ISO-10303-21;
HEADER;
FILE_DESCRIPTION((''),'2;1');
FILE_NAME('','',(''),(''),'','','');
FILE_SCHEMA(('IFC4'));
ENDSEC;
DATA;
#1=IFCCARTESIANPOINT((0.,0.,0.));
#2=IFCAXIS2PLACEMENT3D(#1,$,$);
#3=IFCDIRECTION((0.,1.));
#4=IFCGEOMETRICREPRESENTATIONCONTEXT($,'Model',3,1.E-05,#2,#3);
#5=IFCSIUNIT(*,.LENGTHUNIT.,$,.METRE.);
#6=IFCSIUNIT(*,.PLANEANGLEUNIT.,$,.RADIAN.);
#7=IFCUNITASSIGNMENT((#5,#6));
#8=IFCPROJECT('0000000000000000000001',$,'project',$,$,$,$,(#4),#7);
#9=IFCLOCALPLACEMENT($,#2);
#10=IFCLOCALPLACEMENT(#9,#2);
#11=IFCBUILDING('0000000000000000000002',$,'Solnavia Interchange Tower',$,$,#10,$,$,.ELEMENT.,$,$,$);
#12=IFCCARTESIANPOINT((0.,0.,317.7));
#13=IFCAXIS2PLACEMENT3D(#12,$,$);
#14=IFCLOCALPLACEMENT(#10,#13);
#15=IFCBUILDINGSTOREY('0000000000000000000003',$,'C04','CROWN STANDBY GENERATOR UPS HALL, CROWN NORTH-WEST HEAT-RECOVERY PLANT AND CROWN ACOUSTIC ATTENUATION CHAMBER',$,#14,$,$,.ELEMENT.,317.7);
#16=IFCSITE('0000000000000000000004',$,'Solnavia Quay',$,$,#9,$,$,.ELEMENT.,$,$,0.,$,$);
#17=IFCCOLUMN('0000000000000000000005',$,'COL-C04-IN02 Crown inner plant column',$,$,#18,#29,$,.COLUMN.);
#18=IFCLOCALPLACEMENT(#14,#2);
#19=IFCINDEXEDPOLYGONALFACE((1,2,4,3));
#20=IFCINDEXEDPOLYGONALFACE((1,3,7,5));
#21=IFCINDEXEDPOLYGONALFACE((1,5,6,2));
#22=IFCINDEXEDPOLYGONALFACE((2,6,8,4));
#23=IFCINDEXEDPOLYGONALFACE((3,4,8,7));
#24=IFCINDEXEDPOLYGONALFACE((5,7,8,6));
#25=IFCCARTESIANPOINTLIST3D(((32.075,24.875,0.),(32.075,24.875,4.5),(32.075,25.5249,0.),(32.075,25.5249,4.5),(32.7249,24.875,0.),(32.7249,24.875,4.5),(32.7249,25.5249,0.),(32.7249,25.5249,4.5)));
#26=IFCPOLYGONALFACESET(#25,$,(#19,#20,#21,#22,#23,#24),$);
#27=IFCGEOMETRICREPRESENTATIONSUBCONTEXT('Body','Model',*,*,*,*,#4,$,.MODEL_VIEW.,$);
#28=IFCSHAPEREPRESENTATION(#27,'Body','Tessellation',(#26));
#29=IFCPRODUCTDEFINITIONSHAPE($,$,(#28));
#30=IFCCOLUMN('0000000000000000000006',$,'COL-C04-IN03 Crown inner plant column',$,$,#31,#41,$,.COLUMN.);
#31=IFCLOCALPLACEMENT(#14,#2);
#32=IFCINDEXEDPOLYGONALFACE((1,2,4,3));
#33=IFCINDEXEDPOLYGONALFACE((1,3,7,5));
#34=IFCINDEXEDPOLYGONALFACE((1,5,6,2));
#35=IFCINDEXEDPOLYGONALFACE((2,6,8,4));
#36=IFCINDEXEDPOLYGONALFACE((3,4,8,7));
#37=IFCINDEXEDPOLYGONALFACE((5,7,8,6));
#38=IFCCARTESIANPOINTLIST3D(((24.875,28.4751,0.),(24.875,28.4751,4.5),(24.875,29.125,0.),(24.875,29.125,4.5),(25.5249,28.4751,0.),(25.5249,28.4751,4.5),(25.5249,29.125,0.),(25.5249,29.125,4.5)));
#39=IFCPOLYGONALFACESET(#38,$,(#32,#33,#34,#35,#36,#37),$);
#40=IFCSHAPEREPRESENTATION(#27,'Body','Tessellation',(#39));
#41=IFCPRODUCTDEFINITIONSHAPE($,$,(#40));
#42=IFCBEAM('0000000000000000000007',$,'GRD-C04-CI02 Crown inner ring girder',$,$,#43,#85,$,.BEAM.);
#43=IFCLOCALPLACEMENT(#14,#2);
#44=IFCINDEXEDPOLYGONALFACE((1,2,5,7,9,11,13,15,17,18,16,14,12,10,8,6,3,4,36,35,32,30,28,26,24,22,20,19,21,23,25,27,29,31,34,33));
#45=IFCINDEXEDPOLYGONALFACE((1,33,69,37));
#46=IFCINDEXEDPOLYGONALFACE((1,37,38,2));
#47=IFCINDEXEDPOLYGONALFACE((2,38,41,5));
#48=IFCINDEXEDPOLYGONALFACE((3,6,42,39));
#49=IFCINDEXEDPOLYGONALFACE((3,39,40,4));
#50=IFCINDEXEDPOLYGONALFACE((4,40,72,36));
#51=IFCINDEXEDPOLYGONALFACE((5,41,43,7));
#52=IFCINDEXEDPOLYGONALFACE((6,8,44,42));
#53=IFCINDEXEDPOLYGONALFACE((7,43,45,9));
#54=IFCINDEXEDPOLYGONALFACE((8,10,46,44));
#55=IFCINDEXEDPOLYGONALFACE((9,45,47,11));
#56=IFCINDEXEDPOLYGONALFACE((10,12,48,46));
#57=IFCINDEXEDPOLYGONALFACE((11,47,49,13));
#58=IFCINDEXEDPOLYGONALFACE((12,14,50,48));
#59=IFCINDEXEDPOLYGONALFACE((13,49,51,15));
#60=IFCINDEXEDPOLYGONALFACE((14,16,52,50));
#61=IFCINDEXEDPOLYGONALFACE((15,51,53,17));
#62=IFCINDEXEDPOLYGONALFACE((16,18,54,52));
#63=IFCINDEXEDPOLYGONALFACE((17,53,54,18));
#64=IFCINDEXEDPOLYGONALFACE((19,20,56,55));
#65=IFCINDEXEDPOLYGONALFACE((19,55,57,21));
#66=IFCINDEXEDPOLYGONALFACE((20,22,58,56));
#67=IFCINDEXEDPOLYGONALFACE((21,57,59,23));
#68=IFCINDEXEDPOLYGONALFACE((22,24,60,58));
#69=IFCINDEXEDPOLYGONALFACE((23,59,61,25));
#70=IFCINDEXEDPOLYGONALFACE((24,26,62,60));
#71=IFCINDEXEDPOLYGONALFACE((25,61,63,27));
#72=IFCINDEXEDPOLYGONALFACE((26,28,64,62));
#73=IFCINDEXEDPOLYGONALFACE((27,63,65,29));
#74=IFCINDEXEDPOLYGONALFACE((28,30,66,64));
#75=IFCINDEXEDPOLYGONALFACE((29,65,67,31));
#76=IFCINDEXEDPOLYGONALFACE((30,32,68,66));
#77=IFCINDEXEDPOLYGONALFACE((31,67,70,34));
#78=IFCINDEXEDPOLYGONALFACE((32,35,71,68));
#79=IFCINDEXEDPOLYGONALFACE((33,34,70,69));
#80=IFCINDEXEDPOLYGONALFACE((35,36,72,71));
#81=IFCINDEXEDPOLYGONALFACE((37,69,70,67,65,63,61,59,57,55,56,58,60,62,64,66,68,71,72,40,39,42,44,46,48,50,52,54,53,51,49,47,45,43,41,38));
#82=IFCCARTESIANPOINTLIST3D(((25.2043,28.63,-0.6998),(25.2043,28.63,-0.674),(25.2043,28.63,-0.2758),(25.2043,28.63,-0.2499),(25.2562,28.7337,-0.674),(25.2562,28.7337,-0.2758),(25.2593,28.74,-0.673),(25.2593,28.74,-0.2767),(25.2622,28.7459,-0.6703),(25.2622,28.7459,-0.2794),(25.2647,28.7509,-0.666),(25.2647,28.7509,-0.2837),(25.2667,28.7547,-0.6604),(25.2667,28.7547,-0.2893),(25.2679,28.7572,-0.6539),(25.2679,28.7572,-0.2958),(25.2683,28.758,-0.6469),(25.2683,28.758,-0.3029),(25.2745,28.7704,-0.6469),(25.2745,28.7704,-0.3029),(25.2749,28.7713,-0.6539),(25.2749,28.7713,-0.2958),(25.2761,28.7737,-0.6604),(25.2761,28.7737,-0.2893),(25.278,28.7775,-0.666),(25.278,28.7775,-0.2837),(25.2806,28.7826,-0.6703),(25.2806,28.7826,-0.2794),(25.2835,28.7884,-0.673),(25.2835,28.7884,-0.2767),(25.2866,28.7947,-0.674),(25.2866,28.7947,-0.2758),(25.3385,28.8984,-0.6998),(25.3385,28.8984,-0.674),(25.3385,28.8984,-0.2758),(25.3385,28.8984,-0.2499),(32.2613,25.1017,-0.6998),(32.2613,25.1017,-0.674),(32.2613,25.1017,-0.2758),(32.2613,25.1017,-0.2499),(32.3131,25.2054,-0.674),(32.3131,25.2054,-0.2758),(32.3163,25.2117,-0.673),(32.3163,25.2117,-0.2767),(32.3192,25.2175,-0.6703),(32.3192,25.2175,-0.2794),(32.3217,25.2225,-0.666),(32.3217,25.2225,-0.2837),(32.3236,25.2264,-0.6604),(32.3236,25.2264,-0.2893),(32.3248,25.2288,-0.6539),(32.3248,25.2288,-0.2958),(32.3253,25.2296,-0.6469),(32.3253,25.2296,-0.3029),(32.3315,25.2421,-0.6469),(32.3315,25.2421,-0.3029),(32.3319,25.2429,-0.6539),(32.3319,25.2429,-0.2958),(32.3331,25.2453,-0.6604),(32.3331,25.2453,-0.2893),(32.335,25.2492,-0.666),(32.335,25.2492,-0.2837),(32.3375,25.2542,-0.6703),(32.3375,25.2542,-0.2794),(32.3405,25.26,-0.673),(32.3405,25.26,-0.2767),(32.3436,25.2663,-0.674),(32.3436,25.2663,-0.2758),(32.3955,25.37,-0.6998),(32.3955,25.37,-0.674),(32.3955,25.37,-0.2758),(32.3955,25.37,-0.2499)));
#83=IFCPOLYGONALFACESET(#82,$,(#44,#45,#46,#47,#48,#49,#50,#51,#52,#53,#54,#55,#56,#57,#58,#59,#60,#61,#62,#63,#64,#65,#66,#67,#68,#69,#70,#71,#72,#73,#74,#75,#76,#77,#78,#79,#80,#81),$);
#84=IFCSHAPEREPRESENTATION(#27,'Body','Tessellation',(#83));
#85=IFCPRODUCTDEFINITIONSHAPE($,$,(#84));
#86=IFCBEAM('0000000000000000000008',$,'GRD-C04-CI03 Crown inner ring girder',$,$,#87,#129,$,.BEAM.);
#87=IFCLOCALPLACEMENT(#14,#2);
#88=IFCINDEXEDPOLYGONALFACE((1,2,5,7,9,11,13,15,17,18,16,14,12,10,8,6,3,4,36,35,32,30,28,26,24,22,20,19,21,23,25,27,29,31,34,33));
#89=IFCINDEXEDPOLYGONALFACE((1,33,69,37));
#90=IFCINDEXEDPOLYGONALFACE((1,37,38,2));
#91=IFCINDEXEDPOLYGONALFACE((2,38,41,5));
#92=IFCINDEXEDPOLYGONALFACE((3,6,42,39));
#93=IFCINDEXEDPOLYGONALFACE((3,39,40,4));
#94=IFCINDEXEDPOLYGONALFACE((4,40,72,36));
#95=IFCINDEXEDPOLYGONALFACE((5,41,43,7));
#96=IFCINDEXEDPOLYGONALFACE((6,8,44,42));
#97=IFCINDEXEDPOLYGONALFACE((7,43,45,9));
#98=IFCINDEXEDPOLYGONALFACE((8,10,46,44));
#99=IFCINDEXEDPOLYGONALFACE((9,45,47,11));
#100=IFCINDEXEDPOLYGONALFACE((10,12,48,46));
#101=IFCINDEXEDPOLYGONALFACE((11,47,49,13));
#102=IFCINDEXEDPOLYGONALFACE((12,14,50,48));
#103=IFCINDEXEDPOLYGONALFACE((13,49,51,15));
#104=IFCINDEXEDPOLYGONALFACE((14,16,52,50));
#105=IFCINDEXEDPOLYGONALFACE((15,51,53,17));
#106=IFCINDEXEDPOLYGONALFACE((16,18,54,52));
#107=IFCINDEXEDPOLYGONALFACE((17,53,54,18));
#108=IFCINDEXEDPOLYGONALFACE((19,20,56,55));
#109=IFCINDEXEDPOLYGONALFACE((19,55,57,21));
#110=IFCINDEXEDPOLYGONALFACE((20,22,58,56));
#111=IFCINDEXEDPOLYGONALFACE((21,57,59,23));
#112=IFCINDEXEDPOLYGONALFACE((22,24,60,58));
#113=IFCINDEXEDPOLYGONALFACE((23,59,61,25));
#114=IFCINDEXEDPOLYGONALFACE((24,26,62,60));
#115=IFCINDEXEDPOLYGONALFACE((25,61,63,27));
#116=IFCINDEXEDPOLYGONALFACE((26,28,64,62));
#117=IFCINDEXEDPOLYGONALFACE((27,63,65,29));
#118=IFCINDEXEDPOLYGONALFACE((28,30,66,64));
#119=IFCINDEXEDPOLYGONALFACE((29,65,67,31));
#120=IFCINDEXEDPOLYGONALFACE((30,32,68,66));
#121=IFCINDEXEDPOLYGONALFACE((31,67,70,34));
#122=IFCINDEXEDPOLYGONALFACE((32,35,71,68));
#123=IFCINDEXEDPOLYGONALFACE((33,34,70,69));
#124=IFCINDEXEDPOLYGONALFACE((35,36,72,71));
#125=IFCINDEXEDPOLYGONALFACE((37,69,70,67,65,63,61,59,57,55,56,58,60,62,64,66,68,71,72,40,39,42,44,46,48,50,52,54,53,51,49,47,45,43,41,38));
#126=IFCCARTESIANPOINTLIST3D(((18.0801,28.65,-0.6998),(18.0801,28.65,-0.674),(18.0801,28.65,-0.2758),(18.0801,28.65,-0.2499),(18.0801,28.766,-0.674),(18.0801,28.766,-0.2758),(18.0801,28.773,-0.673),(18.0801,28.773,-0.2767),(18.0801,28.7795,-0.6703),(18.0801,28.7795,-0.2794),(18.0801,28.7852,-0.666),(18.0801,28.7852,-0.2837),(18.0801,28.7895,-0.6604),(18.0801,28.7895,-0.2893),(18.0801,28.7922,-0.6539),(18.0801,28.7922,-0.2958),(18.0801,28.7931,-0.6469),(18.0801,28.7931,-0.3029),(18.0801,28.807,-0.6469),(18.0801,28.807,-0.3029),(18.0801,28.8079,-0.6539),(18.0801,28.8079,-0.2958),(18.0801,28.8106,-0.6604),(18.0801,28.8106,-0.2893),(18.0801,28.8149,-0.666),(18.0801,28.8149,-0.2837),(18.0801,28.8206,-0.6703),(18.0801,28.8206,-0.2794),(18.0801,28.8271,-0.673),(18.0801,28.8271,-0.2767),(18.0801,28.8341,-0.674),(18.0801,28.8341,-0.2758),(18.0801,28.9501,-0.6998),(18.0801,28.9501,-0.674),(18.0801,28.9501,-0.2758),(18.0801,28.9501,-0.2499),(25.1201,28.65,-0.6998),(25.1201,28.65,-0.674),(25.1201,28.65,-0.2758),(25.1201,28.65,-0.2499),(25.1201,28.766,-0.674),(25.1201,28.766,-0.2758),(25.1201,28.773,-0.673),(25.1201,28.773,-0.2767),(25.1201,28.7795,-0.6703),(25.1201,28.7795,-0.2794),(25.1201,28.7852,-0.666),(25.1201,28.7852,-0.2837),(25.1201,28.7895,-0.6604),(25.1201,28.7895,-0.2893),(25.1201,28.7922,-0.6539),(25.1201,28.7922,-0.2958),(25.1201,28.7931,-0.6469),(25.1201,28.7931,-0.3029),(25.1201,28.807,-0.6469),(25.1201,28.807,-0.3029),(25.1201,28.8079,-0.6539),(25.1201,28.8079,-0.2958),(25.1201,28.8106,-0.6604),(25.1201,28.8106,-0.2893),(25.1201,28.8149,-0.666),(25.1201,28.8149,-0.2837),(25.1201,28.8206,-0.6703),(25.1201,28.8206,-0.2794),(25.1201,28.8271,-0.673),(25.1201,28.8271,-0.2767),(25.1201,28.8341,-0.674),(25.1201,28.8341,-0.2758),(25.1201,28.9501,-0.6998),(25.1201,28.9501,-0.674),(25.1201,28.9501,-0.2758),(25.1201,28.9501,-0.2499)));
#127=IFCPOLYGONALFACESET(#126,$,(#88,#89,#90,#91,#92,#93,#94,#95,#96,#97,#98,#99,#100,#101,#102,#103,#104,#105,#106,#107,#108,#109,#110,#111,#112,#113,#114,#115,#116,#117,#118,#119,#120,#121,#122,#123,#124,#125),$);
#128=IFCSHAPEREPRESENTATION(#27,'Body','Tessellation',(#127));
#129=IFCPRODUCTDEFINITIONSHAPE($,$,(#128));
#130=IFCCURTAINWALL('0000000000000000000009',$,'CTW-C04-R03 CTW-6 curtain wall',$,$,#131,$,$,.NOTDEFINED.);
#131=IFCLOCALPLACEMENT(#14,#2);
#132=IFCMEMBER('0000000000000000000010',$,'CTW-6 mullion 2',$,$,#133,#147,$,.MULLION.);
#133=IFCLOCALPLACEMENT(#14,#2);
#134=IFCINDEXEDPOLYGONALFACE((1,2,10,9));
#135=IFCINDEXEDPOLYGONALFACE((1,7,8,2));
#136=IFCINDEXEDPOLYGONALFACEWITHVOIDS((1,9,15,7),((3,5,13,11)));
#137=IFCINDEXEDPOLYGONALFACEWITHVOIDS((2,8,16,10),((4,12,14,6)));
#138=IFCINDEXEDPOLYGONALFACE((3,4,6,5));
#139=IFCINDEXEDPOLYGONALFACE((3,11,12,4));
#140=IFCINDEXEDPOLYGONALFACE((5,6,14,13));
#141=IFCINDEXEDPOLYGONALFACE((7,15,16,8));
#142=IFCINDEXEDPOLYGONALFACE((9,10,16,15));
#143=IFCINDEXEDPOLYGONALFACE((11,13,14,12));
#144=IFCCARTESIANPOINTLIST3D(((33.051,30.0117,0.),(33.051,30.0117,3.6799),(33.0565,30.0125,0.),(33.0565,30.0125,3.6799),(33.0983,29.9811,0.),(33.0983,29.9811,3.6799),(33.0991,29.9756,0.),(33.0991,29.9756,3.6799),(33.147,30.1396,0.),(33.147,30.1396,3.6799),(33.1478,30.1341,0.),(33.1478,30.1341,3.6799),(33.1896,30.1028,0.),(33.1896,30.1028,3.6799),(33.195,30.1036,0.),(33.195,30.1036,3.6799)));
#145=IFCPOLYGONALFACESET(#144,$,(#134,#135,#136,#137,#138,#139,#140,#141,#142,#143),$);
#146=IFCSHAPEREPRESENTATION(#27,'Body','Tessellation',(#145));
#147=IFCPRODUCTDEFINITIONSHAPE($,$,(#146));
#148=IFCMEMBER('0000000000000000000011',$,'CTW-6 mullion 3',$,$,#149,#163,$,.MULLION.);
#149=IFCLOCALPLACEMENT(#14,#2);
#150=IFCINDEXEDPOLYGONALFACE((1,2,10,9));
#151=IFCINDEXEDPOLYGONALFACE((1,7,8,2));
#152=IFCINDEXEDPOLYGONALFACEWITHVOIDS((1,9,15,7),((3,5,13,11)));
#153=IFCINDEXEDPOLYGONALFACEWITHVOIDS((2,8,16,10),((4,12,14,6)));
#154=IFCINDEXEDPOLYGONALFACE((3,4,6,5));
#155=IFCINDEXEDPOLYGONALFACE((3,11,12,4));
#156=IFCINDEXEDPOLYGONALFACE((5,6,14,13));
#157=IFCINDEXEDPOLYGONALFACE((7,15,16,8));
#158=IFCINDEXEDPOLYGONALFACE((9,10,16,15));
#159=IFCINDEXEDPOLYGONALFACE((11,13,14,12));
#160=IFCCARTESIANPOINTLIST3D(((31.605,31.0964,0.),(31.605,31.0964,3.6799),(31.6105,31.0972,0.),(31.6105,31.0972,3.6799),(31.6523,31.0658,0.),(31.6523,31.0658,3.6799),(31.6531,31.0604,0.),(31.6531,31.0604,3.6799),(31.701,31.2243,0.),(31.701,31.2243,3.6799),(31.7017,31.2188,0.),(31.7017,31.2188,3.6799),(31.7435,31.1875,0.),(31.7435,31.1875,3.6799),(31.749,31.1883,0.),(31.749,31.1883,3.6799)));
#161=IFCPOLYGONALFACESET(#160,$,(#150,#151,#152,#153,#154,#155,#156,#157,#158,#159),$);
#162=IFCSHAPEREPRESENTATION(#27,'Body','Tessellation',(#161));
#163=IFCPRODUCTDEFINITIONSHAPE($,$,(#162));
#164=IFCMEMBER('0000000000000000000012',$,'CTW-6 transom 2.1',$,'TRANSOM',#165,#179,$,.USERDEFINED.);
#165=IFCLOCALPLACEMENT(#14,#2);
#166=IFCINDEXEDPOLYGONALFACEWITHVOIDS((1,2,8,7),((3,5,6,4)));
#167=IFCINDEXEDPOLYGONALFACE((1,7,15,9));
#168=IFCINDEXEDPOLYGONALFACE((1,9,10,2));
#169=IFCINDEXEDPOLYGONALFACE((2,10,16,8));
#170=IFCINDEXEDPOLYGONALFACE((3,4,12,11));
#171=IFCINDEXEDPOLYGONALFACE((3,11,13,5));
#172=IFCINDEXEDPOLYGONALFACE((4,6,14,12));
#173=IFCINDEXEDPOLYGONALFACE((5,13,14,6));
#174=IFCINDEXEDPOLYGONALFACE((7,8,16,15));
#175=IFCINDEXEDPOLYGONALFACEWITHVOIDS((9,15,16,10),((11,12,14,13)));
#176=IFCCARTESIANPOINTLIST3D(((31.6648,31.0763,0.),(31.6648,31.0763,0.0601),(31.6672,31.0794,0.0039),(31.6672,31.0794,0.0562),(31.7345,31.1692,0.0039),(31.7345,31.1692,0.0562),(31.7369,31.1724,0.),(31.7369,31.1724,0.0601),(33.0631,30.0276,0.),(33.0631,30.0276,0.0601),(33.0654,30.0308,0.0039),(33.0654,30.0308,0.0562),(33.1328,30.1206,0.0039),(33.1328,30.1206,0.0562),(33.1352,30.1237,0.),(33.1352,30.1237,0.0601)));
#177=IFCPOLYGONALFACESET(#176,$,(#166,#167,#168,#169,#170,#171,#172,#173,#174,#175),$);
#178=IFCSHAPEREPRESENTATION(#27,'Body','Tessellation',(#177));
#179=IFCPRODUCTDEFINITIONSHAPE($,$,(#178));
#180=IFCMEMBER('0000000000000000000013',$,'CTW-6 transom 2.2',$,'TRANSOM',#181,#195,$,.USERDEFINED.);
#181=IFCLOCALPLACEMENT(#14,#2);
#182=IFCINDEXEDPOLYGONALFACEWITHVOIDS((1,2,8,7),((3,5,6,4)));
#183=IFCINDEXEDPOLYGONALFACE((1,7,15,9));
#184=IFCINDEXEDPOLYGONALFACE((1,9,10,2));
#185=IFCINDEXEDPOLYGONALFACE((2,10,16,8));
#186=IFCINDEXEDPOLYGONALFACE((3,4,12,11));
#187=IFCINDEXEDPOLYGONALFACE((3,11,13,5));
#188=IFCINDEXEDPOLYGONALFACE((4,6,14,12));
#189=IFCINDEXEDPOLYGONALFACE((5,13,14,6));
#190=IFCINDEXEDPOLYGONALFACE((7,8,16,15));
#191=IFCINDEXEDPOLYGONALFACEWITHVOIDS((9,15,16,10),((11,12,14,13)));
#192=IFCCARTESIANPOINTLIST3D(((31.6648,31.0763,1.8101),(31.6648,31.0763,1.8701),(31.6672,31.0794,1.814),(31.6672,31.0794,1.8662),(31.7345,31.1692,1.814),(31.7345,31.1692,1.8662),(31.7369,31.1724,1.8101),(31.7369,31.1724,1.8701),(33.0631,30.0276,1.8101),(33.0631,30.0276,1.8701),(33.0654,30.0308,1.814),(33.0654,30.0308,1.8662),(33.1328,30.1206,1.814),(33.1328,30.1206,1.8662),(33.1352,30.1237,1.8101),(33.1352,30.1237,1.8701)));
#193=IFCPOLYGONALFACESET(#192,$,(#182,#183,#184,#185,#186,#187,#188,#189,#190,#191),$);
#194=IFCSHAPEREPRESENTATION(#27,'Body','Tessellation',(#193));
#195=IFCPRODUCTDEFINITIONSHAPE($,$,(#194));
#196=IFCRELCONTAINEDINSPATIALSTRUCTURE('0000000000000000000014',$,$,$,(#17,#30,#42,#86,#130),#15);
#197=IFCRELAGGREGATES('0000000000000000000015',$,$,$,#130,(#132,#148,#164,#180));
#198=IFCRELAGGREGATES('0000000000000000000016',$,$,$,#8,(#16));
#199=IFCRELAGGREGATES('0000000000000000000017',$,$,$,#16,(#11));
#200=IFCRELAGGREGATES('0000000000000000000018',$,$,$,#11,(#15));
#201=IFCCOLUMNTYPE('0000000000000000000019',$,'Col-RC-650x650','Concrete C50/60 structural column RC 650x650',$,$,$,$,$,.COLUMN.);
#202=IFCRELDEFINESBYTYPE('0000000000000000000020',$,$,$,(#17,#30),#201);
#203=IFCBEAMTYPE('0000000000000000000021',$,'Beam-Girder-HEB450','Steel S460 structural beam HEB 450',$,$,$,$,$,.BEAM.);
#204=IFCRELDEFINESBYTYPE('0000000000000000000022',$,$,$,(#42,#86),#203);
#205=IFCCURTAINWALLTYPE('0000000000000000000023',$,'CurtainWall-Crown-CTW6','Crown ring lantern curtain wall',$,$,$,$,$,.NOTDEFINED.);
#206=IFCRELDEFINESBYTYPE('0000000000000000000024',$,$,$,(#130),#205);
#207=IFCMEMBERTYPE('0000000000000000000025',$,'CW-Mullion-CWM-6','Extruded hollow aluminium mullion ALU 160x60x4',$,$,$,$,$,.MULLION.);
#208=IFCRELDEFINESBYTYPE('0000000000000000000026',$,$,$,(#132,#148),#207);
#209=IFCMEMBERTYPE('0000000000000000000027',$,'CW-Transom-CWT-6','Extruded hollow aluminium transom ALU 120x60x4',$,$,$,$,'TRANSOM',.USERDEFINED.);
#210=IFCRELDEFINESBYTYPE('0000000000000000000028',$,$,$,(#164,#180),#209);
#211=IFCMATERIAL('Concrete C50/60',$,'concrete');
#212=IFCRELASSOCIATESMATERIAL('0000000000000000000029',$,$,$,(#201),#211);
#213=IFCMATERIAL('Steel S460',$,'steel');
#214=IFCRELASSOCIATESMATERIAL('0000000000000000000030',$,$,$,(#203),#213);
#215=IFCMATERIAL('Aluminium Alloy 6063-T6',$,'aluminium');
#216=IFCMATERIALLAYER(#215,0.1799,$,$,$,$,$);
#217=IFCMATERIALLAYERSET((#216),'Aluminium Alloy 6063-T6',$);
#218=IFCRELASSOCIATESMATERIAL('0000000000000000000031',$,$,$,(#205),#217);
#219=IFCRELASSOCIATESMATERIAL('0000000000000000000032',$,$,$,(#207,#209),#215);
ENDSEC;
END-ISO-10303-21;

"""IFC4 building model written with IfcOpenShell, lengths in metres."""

from ifc_helpers import new_model, si_unit, direction, frame, origin, origin_2d, place, context, subcontext, project, spatial, rectangle, hollow_rectangle, i_section, extrude, material, layer, layer_set, material_profile, profile_set, type_object, element, aggregate, save


model = new_model("IFC4")

# Units and contexts
model_context = context("Model", 3, precision=1e-05, world=origin(), true_north=direction((0.0, 1.0)))
body_context = subcontext(model_context, "Body", "Model", "MODEL_VIEW")
ifc_project = project(units=[si_unit("LENGTHUNIT", "METRE"), si_unit("PLANEANGLEUNIT", "RADIAN")], contexts=[model_context])

# Site, building, storey
site_placement = place(None, origin())
site = spatial("IfcSite", under=ifc_project, at=site_placement, Name="Solnavia Quay", CompositionType="ELEMENT", RefElevation=0.0)
building_placement = place(site_placement, origin())
building = spatial("IfcBuilding", under=site, at=building_placement, Name="Solnavia Interchange Tower", CompositionType="ELEMENT")
storey_placement = place(building_placement, frame((0.0, 0.0, 317.7)))
storey = spatial("IfcBuildingStorey", under=building, at=storey_placement, Name="C04", Description="CROWN STANDBY GENERATOR UPS HALL, CROWN NORTH-WEST HEAT-RECOVERY PLANT AND CROWN ACOUSTIC ATTENUATION CHAMBER", CompositionType="ELEMENT", Elevation=317.7)

# Columns
ifc_material_1 = material(Name="Concrete C50/60", Category="concrete")
ifc_material_profile_1 = material_profile(ifc_material_1, rectangle(XDim=0.6499, YDim=0.6499, at=origin_2d()), Name="RC 650x650")
ifc_profile_set_1 = profile_set([ifc_material_profile_1], Name="Concrete C50/60")
column_type = type_object("IfcColumnType", Name="Col-RC-650x650", Description="Concrete C50/60 structural column RC 650x650", PredefinedType="COLUMN", material=ifc_profile_set_1)
for number, where, z_axis, x_axis, name in (
    (1, (32.3999, 25.2, 0.0), (0.0, 0.0, 1.0), (1.0, 0.0, 0.0), "COL-C04-IN02 Crown inner plant column"),
    (2, (25.2, 28.8, 0.0), (0.0, 0.0, 1.0), (1.0, 0.0, 0.0), "COL-C04-IN03 Crown inner plant column"),
):
    element("IfcColumn", number, at=place(storey_placement, frame(where, z_axis=z_axis, x_axis=x_axis)), inside=storey, type_object=column_type, Name=name, PredefinedType="COLUMN", context=body_context, shape_type="SweptSolid", body=[
        extrude(rectangle(XDim=0.6499, YDim=0.6499, at=origin_2d()), origin(), (0.0, 0.0, 1.0), 4.5),
    ])

# Beams
ifc_material_2 = material(Name="Steel S460", Category="steel")
ifc_material_profile_2 = material_profile(ifc_material_2, i_section(OverallWidth=0.3, OverallDepth=0.45, WebThickness=0.0139, FlangeThickness=0.0259, FilletRadius=0.0271, at=origin_2d()), Name="HEB 450")
ifc_profile_set_2 = profile_set([ifc_material_profile_2], Name="Steel S460")
beam_type = type_object("IfcBeamType", Name="Beam-Girder-HEB450", Description="Steel S460 structural beam HEB 450", PredefinedType="BEAM", material=ifc_profile_set_2)
beam_1_placement = place(storey_placement, frame((32.3284, 25.2358, -0.4749), z_axis=(-0.894433, 0.447201, 0.0), x_axis=(-0.447201, -0.894433, 0.0)))
element("IfcBeam", 3, at=beam_1_placement, inside=storey, type_object=beam_type, Name="GRD-C04-CI02 Crown inner ring girder", PredefinedType="BEAM", context=body_context, shape_type="SweptSolid", body=[
    extrude(i_section(OverallWidth=0.3, OverallDepth=0.45, WebThickness=0.0139, FlangeThickness=0.0259, FilletRadius=0.0271, at=origin_2d()), origin(), (0.0, 0.0, 1.0), 7.8899),
])
beam_2_placement = place(storey_placement, frame((25.1201, 28.8, -0.4749), z_axis=(-1.0, 0.0, 0.0), x_axis=(0.0, -1.0, 0.0)))
element("IfcBeam", 4, at=beam_2_placement, inside=storey, type_object=beam_type, Name="GRD-C04-CI03 Crown inner ring girder", PredefinedType="BEAM", context=body_context, shape_type="SweptSolid", body=[
    extrude(i_section(OverallWidth=0.3, OverallDepth=0.45, WebThickness=0.0139, FlangeThickness=0.0259, FilletRadius=0.0271, at=origin_2d()), origin(), (0.0, 0.0, 1.0), 7.04),
])

# Curtain wall, members
ifc_material_3 = material(Name="Aluminium Alloy 6063-T6", Category="aluminium")
ifc_layer_1 = layer(ifc_material_3, 0.1799)
ifc_layer_set_1 = layer_set([ifc_layer_1], Name="Aluminium Alloy 6063-T6")
curtain_wall_type = type_object("IfcCurtainWallType", Name="CurtainWall-Crown-CTW6", Description="Crown ring lantern curtain wall", PredefinedType="NOTDEFINED", material=ifc_layer_set_1)
curtain_wall_placement = place(storey_placement, origin())
curtain_wall = element("IfcCurtainWall", 5, at=curtain_wall_placement, inside=storey, type_object=curtain_wall_type, Name="CTW-C04-R03 CTW-6 curtain wall", PredefinedType="NOTDEFINED")
ifc_material_profile_3 = material_profile(ifc_material_3, hollow_rectangle(XDim=0.0601, YDim=0.1599, WallThickness=0.0039, at=origin_2d()), Name="ALU 160x60x4")
ifc_profile_set_3 = profile_set([ifc_material_profile_3], Name="Aluminium Alloy 6063-T6")
member_type_1 = type_object("IfcMemberType", Name="CW-Mullion-CWM-6", Description="Extruded hollow aluminium mullion ALU 160x60x4", PredefinedType="MULLION", material=ifc_profile_set_3)
member_1_placement = place(storey_placement, frame((33.123, 30.0576, 0.0), z_axis=(0.0, 0.0, 1.0), x_axis=(-0.8, 0.6, 0.0)))
member_1 = element("IfcMember", 6, at=member_1_placement, type_object=member_type_1, Name="CTW-6 mullion 2", PredefinedType="MULLION", context=body_context, shape_type="SweptSolid", body=[
    extrude(hollow_rectangle(XDim=0.0601, YDim=0.1599, WallThickness=0.0039, at=origin_2d()), origin(), (0.0, 0.0, 1.0), 3.6799),
])
member_2_placement = place(storey_placement, frame((31.677, 31.1423, 0.0), z_axis=(0.0, 0.0, 1.0), x_axis=(-0.8, 0.6, 0.0)))
member_2 = element("IfcMember", 7, at=member_2_placement, type_object=member_type_1, Name="CTW-6 mullion 3", PredefinedType="MULLION", context=body_context, shape_type="SweptSolid", body=[
    extrude(hollow_rectangle(XDim=0.0601, YDim=0.1599, WallThickness=0.0039, at=origin_2d()), origin(), (0.0, 0.0, 1.0), 3.6799),
])
ifc_material_profile_4 = material_profile(ifc_material_3, hollow_rectangle(XDim=0.0601, YDim=0.1201, WallThickness=0.0039, at=origin_2d()), Name="ALU 120x60x4")
ifc_profile_set_4 = profile_set([ifc_material_profile_4], Name="Aluminium Alloy 6063-T6")
member_type_2 = type_object("IfcMemberType", Name="CW-Transom-CWT-6", Description="Extruded hollow aluminium transom ALU 120x60x4", ElementType="TRANSOM", PredefinedType="USERDEFINED", material=ifc_profile_set_4)
member_3_placement = place(storey_placement, frame((33.0991, 30.0757, 0.03), z_axis=(-0.800017, 0.599978, 0.0), x_axis=(0.0, 0.0, 1.0)))
member_3 = element("IfcMember", 8, at=member_3_placement, type_object=member_type_2, Name="CTW-6 transom 2.1", ObjectType="TRANSOM", PredefinedType="USERDEFINED", context=body_context, shape_type="SweptSolid", body=[
    extrude(hollow_rectangle(XDim=0.0601, YDim=0.1201, WallThickness=0.0039, at=origin_2d()), origin(), (0.0, 0.0, 1.0), 1.7478),
])
member_4_placement = place(storey_placement, frame((33.0991, 30.0757, 1.8401), z_axis=(-0.800017, 0.599978, 0.0), x_axis=(0.0, 0.0, 1.0)))
member_4 = element("IfcMember", 9, at=member_4_placement, type_object=member_type_2, Name="CTW-6 transom 2.2", ObjectType="TRANSOM", PredefinedType="USERDEFINED", context=body_context, shape_type="SweptSolid", body=[
    extrude(hollow_rectangle(XDim=0.0601, YDim=0.1201, WallThickness=0.0039, at=origin_2d()), origin(), (0.0, 0.0, 1.0), 1.7478),
])

aggregate(curtain_wall, [member_1, member_2, member_3, member_4])

save(model, "model.ifc")
